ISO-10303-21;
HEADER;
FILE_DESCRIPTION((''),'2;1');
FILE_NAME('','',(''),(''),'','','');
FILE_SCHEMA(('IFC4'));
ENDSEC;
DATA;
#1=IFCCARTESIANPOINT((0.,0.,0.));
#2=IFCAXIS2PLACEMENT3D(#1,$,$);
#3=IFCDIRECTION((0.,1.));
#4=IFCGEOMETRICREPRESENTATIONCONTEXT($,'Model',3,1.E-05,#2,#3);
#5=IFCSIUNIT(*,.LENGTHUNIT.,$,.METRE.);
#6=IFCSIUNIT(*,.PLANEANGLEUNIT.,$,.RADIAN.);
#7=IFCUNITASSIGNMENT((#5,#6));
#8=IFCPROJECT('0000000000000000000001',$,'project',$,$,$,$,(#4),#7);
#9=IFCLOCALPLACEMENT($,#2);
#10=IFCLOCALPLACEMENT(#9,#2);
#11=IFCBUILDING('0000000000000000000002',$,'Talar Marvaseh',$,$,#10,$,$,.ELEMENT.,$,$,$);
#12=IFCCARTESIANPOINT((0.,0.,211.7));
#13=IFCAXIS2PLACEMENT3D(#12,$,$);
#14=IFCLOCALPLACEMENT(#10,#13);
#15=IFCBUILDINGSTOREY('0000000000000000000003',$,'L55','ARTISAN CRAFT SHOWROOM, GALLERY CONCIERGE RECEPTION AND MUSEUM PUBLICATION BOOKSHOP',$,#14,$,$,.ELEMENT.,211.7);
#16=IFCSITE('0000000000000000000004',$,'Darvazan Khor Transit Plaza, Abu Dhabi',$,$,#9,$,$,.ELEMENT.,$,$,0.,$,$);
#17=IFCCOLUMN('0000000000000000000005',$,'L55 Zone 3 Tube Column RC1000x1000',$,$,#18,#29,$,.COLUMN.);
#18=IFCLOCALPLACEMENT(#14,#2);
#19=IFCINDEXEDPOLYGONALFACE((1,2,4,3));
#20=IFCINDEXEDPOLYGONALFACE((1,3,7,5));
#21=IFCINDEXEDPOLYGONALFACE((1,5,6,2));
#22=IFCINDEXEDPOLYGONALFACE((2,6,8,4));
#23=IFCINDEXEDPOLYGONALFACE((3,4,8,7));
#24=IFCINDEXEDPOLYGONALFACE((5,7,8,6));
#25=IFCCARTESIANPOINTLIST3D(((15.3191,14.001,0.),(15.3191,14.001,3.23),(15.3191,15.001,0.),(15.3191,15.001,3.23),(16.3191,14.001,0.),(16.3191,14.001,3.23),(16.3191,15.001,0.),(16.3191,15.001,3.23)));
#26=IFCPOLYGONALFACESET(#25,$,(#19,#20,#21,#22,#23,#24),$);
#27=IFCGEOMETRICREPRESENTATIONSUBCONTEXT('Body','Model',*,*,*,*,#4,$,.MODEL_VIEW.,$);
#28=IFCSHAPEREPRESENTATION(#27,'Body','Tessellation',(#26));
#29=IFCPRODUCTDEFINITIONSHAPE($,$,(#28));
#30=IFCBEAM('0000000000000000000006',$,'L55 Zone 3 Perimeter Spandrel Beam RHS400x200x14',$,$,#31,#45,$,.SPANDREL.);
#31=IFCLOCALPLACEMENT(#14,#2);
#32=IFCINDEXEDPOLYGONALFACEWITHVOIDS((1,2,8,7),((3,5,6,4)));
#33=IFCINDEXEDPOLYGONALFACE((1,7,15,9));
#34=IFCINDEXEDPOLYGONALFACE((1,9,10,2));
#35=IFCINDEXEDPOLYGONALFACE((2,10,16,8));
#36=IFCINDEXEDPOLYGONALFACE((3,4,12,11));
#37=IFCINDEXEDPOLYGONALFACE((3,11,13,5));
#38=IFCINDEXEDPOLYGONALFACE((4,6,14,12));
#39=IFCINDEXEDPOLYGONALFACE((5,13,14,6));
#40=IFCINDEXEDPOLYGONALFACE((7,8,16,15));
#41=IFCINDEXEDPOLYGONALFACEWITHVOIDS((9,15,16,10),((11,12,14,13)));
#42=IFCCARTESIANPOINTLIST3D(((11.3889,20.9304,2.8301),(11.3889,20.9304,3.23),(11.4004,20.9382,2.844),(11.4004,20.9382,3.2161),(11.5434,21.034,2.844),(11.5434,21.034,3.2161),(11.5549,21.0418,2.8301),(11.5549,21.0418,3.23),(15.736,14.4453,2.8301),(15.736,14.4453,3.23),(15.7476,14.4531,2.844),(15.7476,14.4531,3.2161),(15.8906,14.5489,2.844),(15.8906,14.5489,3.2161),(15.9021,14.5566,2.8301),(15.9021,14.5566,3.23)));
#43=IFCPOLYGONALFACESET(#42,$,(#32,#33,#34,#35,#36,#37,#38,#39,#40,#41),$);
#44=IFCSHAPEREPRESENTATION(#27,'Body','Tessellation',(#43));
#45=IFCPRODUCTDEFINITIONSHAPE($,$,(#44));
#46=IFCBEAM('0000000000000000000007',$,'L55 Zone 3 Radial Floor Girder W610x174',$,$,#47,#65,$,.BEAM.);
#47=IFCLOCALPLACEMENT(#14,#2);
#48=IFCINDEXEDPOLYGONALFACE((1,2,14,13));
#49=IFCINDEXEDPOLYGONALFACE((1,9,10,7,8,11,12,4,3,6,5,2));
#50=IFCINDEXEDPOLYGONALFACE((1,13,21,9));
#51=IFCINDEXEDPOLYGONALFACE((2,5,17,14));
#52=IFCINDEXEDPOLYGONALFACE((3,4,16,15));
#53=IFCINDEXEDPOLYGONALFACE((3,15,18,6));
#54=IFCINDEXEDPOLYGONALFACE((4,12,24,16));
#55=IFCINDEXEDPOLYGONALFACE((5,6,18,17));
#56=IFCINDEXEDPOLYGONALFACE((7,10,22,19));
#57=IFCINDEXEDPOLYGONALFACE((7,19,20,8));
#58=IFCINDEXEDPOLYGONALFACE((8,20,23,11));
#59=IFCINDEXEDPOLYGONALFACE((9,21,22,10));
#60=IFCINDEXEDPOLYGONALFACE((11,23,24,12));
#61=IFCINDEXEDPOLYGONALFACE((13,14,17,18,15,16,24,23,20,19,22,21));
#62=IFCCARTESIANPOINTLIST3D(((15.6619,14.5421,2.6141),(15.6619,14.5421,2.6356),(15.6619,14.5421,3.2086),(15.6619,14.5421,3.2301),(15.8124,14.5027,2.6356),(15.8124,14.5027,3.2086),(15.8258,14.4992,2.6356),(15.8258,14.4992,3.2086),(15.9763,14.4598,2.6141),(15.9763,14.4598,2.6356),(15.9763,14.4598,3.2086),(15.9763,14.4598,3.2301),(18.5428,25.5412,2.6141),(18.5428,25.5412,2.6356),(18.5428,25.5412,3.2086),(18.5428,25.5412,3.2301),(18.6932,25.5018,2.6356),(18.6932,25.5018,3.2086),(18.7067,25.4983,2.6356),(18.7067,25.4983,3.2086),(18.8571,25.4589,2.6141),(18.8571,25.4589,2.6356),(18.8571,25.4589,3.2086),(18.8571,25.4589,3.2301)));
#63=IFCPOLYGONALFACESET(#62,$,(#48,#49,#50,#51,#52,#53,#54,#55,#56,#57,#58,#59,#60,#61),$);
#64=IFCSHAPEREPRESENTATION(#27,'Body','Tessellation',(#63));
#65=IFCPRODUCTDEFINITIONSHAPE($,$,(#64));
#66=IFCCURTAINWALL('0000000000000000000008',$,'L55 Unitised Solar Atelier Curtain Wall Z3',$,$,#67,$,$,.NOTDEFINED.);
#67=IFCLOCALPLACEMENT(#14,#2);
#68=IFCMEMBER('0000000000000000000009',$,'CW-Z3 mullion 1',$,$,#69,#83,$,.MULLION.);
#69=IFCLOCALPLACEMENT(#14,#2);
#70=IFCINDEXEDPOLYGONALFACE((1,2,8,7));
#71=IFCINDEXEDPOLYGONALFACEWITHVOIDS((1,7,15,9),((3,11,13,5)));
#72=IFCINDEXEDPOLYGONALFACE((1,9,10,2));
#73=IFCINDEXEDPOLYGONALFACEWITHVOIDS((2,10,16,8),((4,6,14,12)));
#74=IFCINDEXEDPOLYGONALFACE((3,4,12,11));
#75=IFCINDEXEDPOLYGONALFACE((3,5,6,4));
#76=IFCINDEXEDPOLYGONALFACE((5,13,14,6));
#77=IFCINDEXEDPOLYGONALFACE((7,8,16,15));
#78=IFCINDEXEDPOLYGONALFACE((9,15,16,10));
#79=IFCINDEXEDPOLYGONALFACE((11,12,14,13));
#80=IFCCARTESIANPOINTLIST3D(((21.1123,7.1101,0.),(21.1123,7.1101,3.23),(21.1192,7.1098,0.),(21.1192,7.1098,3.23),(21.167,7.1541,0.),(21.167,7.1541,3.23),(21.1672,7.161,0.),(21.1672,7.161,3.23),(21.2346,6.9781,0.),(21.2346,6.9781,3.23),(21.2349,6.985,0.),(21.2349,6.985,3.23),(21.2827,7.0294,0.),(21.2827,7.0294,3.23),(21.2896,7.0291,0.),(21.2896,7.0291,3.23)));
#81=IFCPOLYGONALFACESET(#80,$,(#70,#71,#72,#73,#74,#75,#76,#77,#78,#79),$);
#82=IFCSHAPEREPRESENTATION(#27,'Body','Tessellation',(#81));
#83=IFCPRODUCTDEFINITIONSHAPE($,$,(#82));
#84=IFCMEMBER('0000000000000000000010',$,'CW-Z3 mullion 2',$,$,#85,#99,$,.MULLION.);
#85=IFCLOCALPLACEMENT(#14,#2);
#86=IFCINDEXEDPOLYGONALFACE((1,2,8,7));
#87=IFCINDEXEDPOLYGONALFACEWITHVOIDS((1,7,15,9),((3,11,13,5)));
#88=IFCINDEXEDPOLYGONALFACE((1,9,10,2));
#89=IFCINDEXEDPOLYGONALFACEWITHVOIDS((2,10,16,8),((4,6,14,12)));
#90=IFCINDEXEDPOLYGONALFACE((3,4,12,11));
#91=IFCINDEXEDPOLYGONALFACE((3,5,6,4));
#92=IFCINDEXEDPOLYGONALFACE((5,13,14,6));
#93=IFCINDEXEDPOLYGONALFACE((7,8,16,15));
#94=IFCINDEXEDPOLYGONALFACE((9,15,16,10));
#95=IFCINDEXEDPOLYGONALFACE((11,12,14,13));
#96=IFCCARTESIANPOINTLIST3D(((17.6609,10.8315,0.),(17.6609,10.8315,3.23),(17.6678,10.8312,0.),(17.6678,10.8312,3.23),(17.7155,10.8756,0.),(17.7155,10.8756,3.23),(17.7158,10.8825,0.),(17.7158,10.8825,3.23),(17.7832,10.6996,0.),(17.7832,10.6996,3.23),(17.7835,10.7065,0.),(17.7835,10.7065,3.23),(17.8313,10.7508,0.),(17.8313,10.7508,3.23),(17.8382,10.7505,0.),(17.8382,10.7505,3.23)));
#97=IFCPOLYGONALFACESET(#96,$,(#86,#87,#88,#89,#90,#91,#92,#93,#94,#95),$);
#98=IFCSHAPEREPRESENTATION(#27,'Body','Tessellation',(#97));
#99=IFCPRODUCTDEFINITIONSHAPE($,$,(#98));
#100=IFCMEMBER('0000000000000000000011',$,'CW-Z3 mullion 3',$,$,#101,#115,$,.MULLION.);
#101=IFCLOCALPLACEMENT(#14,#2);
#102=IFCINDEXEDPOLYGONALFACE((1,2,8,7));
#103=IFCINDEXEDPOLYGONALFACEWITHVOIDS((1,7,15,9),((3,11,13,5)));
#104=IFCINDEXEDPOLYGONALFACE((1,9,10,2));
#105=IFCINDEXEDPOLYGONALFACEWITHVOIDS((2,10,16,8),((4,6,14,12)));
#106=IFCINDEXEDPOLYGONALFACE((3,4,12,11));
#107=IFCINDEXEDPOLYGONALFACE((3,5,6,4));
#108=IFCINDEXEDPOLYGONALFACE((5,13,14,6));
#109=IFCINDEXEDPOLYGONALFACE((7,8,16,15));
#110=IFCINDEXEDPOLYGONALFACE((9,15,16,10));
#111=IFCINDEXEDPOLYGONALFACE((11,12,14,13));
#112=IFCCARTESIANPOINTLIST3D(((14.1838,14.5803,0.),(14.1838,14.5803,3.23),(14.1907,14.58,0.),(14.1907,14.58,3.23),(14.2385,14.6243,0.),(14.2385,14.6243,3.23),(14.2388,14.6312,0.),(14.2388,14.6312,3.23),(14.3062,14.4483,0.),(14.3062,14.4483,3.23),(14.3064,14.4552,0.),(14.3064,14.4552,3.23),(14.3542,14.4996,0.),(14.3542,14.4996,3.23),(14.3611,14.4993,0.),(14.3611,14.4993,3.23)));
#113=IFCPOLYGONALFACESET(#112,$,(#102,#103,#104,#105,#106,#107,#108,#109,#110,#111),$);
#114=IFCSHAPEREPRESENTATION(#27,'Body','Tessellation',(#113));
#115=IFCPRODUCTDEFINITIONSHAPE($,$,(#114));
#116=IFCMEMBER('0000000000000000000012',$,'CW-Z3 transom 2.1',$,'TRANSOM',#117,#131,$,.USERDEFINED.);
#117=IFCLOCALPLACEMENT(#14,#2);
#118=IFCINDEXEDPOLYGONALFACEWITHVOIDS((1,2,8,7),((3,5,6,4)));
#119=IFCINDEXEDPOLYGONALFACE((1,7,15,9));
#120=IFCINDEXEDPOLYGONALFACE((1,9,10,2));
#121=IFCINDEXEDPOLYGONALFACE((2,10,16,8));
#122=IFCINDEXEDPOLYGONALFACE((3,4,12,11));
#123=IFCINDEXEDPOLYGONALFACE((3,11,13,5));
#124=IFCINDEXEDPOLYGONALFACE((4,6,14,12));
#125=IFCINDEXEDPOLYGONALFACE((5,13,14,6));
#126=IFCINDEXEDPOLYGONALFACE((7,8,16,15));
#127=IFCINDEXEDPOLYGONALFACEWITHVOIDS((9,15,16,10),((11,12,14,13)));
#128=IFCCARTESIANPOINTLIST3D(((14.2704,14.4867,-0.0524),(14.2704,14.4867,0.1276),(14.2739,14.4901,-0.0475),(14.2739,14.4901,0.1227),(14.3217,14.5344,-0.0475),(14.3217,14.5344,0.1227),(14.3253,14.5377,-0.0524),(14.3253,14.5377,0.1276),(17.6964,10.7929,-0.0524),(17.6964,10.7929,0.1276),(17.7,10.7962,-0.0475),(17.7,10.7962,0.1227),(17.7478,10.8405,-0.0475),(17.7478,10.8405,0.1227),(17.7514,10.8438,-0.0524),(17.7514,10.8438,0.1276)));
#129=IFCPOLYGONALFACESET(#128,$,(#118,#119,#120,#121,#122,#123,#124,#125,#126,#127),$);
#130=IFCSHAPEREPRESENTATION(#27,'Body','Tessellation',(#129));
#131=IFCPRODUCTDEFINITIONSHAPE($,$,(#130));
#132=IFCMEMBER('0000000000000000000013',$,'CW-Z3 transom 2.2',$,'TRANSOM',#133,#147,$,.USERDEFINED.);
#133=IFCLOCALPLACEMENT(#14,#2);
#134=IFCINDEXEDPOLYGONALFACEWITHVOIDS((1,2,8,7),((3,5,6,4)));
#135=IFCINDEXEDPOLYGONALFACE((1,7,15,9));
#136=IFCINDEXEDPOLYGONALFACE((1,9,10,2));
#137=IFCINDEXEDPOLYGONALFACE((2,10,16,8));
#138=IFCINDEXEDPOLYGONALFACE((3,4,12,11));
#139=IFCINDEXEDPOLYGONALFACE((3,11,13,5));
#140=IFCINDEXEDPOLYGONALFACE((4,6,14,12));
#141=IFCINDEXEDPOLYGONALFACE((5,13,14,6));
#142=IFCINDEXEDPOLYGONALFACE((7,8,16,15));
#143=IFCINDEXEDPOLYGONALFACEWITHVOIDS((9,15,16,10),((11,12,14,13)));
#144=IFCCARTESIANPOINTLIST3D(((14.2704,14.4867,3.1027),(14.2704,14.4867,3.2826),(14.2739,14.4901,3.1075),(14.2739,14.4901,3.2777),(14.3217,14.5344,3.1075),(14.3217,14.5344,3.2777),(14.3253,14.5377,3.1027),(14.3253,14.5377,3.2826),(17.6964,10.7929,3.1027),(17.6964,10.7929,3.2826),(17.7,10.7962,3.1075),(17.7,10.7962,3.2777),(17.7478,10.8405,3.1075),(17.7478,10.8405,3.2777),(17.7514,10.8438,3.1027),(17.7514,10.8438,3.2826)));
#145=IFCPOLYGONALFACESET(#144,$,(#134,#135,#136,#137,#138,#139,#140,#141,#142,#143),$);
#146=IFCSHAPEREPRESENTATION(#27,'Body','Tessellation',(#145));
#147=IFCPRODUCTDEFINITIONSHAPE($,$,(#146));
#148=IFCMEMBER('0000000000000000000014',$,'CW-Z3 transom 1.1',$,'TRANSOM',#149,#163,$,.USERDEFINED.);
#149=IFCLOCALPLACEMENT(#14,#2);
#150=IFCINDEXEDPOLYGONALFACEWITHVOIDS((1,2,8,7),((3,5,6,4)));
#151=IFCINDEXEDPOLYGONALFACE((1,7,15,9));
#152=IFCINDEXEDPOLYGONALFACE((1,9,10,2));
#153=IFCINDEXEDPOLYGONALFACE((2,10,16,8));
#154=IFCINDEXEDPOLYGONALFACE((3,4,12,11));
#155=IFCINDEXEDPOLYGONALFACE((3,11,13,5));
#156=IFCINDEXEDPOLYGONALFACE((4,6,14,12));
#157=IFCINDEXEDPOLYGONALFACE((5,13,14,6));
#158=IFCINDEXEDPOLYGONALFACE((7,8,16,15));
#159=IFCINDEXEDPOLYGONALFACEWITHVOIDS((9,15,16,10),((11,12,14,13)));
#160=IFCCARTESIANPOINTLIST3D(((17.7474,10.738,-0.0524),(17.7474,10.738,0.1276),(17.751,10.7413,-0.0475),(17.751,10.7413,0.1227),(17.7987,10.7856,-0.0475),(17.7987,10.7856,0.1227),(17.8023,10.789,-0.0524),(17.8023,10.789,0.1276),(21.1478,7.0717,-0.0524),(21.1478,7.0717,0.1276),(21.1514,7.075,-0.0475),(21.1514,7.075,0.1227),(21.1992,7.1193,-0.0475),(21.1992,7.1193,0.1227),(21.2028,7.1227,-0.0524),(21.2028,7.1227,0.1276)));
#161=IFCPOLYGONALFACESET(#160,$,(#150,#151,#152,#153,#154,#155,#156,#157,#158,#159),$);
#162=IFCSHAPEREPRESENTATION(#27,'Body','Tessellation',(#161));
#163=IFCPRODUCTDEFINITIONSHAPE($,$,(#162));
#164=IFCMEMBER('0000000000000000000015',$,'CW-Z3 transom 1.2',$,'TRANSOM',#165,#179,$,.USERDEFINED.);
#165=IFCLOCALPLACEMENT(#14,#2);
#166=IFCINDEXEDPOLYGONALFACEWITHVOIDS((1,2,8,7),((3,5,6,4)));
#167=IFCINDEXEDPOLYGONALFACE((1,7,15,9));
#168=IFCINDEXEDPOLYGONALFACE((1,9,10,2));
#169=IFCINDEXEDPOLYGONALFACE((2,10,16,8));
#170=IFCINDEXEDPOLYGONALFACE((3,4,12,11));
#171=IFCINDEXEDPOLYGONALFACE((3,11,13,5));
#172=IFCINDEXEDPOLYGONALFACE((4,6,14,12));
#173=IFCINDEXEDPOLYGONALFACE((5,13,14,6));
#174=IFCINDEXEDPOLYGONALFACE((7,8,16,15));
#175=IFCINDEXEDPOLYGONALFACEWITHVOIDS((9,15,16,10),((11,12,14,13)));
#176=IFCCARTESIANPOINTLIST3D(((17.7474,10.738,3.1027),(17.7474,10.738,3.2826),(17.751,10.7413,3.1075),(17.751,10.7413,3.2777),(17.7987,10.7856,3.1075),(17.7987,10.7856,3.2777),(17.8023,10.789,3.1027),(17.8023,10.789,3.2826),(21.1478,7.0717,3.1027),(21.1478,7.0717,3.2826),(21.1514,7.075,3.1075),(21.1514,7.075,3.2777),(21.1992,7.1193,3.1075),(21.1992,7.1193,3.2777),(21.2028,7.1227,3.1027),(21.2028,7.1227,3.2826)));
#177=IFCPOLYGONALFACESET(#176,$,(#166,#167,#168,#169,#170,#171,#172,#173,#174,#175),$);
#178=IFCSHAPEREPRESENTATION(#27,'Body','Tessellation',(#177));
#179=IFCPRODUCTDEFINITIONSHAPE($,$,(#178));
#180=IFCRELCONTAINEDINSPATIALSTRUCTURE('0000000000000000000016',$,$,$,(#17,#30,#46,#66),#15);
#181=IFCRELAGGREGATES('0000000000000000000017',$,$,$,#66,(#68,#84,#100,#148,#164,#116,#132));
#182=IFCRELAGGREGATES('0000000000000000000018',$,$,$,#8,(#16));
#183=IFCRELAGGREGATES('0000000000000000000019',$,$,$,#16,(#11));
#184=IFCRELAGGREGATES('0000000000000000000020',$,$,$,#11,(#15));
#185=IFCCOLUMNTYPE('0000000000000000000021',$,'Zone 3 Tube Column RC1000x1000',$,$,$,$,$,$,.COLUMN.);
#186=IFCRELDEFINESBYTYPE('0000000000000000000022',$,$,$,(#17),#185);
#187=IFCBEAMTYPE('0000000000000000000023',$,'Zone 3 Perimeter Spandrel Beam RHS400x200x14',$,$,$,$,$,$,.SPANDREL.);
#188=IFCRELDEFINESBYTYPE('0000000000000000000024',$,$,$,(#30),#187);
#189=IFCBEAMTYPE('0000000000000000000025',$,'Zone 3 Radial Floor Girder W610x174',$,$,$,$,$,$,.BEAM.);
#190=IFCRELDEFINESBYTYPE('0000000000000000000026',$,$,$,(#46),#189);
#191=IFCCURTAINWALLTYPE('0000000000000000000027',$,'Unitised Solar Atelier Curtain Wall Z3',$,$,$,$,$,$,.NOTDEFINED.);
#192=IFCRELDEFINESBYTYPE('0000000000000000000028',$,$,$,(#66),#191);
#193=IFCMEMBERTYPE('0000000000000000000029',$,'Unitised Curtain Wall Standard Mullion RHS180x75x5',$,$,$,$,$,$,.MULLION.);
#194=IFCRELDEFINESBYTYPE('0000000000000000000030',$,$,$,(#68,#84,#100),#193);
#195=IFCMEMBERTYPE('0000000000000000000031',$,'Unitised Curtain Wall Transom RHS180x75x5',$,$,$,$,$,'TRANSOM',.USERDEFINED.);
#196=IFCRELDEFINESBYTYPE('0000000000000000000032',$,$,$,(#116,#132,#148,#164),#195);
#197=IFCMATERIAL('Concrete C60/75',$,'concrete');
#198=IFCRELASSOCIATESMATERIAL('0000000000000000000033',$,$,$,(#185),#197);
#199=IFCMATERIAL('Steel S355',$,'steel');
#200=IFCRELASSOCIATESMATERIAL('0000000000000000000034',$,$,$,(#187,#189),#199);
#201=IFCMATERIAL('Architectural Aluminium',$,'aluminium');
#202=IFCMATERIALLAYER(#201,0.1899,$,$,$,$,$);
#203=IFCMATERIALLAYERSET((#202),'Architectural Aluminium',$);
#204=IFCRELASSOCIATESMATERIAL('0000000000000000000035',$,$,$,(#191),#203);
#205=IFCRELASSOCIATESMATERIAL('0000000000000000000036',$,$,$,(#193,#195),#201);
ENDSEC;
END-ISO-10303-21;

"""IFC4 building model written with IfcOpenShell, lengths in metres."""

from ifc_helpers import new_model, si_unit, direction, frame, origin, origin_2d, place, context, subcontext, project, spatial, rectangle, hollow_rectangle, i_section, extrude, source, transform, mapped, material, layer, layer_set, material_profile, profile_set, type_object, type_shapes, element, aggregate, save


model = new_model("IFC4")

# Units and contexts
model_context = context("Model", 3, precision=1e-05, world=origin(), true_north=direction((0.0, 1.0)))
body_context = subcontext(model_context, "Body", "Model", "MODEL_VIEW")
ifc_project = project(units=[si_unit("LENGTHUNIT", "METRE"), si_unit("PLANEANGLEUNIT", "RADIAN")], contexts=[model_context])

# Site, building, storey
site_placement = place(None, origin())
site = spatial("IfcSite", under=ifc_project, at=site_placement, Name="Darvazan Khor Transit Plaza, Abu Dhabi", CompositionType="ELEMENT", RefElevation=0.0)
building_placement = place(site_placement, origin())
building = spatial("IfcBuilding", under=site, at=building_placement, Name="Talar Marvaseh", CompositionType="ELEMENT")
storey_placement = place(building_placement, frame((0.0, 0.0, 211.7)))
storey = spatial("IfcBuildingStorey", under=building, at=storey_placement, Name="L55", Description="ARTISAN CRAFT SHOWROOM, GALLERY CONCIERGE RECEPTION AND MUSEUM PUBLICATION BOOKSHOP", CompositionType="ELEMENT", Elevation=211.7)

# Column
ifc_material_1 = material(Name="Concrete C60/75", Category="concrete")
ifc_material_profile_1 = material_profile(ifc_material_1, rectangle(XDim=1.0, YDim=1.0, at=origin_2d()), Name="RC1000x1000")
ifc_profile_set_1 = profile_set([ifc_material_profile_1], Name="Concrete C60/75")
column_type = type_object("IfcColumnType", Name="Zone 3 Tube Column RC1000x1000", PredefinedType="COLUMN", material=ifc_profile_set_1)
column_placement = place(storey_placement, frame((15.8191, 14.501, 0.0), z_axis=(0.0, 0.0, 1.0), x_axis=(1.0, 0.0, 0.0)))
element("IfcColumn", 1, at=column_placement, inside=storey, type_object=column_type, Name="L55 Zone 3 Tube Column RC1000x1000", PredefinedType="COLUMN", context=body_context, shape_type="SweptSolid", body=[
    extrude(rectangle(XDim=1.0, YDim=1.0, at=origin_2d()), origin(), (0.0, 0.0, 1.0), 3.23),
])

# Beams
ifc_material_2 = material(Name="Steel S355", Category="steel")
ifc_material_profile_2 = material_profile(ifc_material_2, hollow_rectangle(XDim=0.2, YDim=0.3999, WallThickness=0.0139, at=origin_2d()), Name="RHS400x200x14")
ifc_profile_set_2 = profile_set([ifc_material_profile_2], Name="Steel S355")
beam_type_1 = type_object("IfcBeamType", Name="Zone 3 Perimeter Spandrel Beam RHS400x200x14", PredefinedType="SPANDREL", material=ifc_profile_set_2)
beam_1_placement = place(storey_placement, frame((15.8191, 14.501, 3.03), z_axis=(-0.556806, 0.830643, 0.0), x_axis=(-0.830643, -0.556806, 0.0)))
element("IfcBeam", 2, at=beam_1_placement, inside=storey, type_object=beam_type_1, Name="L55 Zone 3 Perimeter Spandrel Beam RHS400x200x14", PredefinedType="SPANDREL", context=body_context, shape_type="SweptSolid", body=[
    extrude(hollow_rectangle(XDim=0.2, YDim=0.3999, WallThickness=0.0139, at=origin_2d()), origin(), (0.0, 0.0, 1.0), 7.8074),
])
ifc_material_profile_3 = material_profile(ifc_material_2, i_section(OverallWidth=0.325, OverallDepth=0.616, WebThickness=0.0139, FlangeThickness=0.0215, at=origin_2d()), Name="W610x174")
ifc_profile_set_3 = profile_set([ifc_material_profile_3], Name="Steel S355")
beam_type_2 = type_object("IfcBeamType", Name="Zone 3 Radial Floor Girder W610x174", PredefinedType="BEAM", material=ifc_profile_set_3)
beam_2_placement = place(storey_placement, frame((15.8191, 14.501, 2.9221), z_axis=(0.253373, 0.967369, 0.0), x_axis=(-0.967369, 0.253373, 0.0)))
element("IfcBeam", 3, at=beam_2_placement, inside=storey, type_object=beam_type_2, Name="L55 Zone 3 Radial Floor Girder W610x174", PredefinedType="BEAM", context=body_context, shape_type="SweptSolid", body=[
    extrude(i_section(OverallWidth=0.325, OverallDepth=0.616, WebThickness=0.0139, FlangeThickness=0.0215, at=origin_2d()), origin(), (0.0, 0.0, 1.0), 11.3701),
])

# Curtain wall, members
ifc_material_3 = material(Name="Architectural Aluminium", Category="aluminium")
ifc_layer_1 = layer(ifc_material_3, 0.1899)
ifc_layer_set_1 = layer_set([ifc_layer_1], Name="Architectural Aluminium")
curtain_wall_type = type_object("IfcCurtainWallType", Name="Unitised Solar Atelier Curtain Wall Z3", PredefinedType="NOTDEFINED", material=ifc_layer_set_1)
curtain_wall_placement = place(storey_placement, origin())
curtain_wall = element("IfcCurtainWall", 4, at=curtain_wall_placement, inside=storey, type_object=curtain_wall_type, Name="L55 Unitised Solar Atelier Curtain Wall Z3", PredefinedType="NOTDEFINED")
ifc_material_profile_4 = material_profile(ifc_material_3, hollow_rectangle(XDim=0.075, YDim=0.1799, WallThickness=0.0049, at=origin_2d()), Name="RHS180x75x5")
ifc_profile_set_4 = profile_set([ifc_material_profile_4], Name="Architectural Aluminium")
member_type_1 = type_object("IfcMemberType", Name="Unitised Curtain Wall Standard Mullion RHS180x75x5", PredefinedType="MULLION", material=ifc_profile_set_4)
shared_shape_1 = source(origin(), body_context, "Body", "SweptSolid", [
    extrude(hollow_rectangle(XDim=0.075, YDim=0.1799, WallThickness=0.0049, at=origin_2d()), origin(), (0.0, 0.0, 1.0), 3.23),
])
type_shapes(member_type_1, [shared_shape_1])
member_1_placement = place(storey_placement, frame((21.2009, 7.0696, 0.0), z_axis=(0.0, 0.0, 1.0), x_axis=(-0.733183, -0.680031, 0.0)))
member_1 = element("IfcMember", 5, at=member_1_placement, type_object=member_type_1, Name="CW-Z3 mullion 1", PredefinedType="MULLION", context=body_context, shape_type="MappedRepresentation", body=[
    mapped(shared_shape_1, transform((0.0, 0.0, 0.0), x_axis=(1.0, 0.0, 0.0), y_axis=(0.0, 1.0, 0.0), z_axis=(0.0, 0.0, 1.0), scale=1.0)),
])
member_2_placement = place(storey_placement, frame((17.7495, 10.791, 0.0), z_axis=(0.0, 0.0, 1.0), x_axis=(-0.733183, -0.680031, 0.0)))
member_2 = element("IfcMember", 6, at=member_2_placement, type_object=member_type_1, Name="CW-Z3 mullion 2", PredefinedType="MULLION", context=body_context, shape_type="MappedRepresentation", body=[
    mapped(shared_shape_1, transform((0.0, 0.0, 0.0), x_axis=(1.0, 0.0, 0.0), y_axis=(0.0, 1.0, 0.0), z_axis=(0.0, 0.0, 1.0), scale=1.0)),
])
member_3_placement = place(storey_placement, frame((14.2725, 14.5398, 0.0), z_axis=(0.0, 0.0, 1.0), x_axis=(-0.733183, -0.680031, 0.0)))
member_3 = element("IfcMember", 7, at=member_3_placement, type_object=member_type_1, Name="CW-Z3 mullion 3", PredefinedType="MULLION", context=body_context, shape_type="MappedRepresentation", body=[
    mapped(shared_shape_1, transform((0.0, 0.0, 0.0), x_axis=(1.0, 0.0, 0.0), y_axis=(0.0, 1.0, 0.0), z_axis=(0.0, 0.0, 1.0), scale=1.0)),
])
ifc_material_profile_5 = material_profile(ifc_material_3, hollow_rectangle(XDim=0.075, YDim=0.1799, WallThickness=0.0049, at=origin_2d()), Name="RHS180x75x5")
ifc_profile_set_5 = profile_set([ifc_material_profile_5], Name="Architectural Aluminium")
member_type_2 = type_object("IfcMemberType", Name="Unitised Curtain Wall Transom RHS180x75x5", ElementType="TRANSOM", PredefinedType="USERDEFINED", material=ifc_profile_set_5)
shared_shape_2 = source(origin(), body_context, "Body", "SweptSolid", [
    extrude(hollow_rectangle(XDim=0.075, YDim=0.1799, WallThickness=0.0049, at=origin_2d()), origin(), (0.0, 0.0, 1.0), 5.0381),
])
member_4_placement = place(storey_placement, frame((17.7239, 10.8184, 0.0376), z_axis=(-0.680027, 0.733187, 0.0), x_axis=(-0.733187, -0.680027, 0.0)))
member_4 = element("IfcMember", 8, at=member_4_placement, type_object=member_type_2, Name="CW-Z3 transom 2.1", ObjectType="TRANSOM", PredefinedType="USERDEFINED", context=body_context, shape_type="MappedRepresentation", body=[
    mapped(shared_shape_2, transform((0.0, 0.0, 0.0), x_axis=(1.0, 0.0, 0.0), y_axis=(0.0, 1.0, 0.0), z_axis=(0.0, 0.0, 1.0), scale=1.0)),
])
member_5_placement = place(storey_placement, frame((17.7239, 10.8184, 3.1926), z_axis=(-0.680027, 0.733187, 0.0), x_axis=(-0.733187, -0.680027, 0.0)))
member_5 = element("IfcMember", 9, at=member_5_placement, type_object=member_type_2, Name="CW-Z3 transom 2.2", ObjectType="TRANSOM", PredefinedType="USERDEFINED", context=body_context, shape_type="MappedRepresentation", body=[
    mapped(shared_shape_2, transform((0.0, 0.0, 0.0), x_axis=(1.0, 0.0, 0.0), y_axis=(0.0, 1.0, 0.0), z_axis=(0.0, 0.0, 1.0), scale=1.0)),
])
shared_shape_3 = source(origin(), body_context, "Body", "SweptSolid", [
    extrude(hollow_rectangle(XDim=0.075, YDim=0.1799, WallThickness=0.0049, at=origin_2d()), origin(), (0.0, 0.0, 1.0), 5.0005),
])
type_shapes(member_type_2, [shared_shape_2, shared_shape_3])
member_6_placement = place(storey_placement, frame((21.1753, 7.0972, 0.0376), z_axis=(-0.680022, 0.733192, 0.0), x_axis=(-0.733192, -0.680022, 0.0)))
member_6 = element("IfcMember", 10, at=member_6_placement, type_object=member_type_2, Name="CW-Z3 transom 1.1", ObjectType="TRANSOM", PredefinedType="USERDEFINED", context=body_context, shape_type="MappedRepresentation", body=[
    mapped(shared_shape_3, transform((0.0, 0.0, 0.0), x_axis=(1.0, 0.0, 0.0), y_axis=(0.0, 1.0, 0.0), z_axis=(0.0, 0.0, 1.0), scale=1.0)),
])
member_7_placement = place(storey_placement, frame((21.1753, 7.0972, 3.1926), z_axis=(-0.680022, 0.733192, 0.0), x_axis=(-0.733192, -0.680022, 0.0)))
member_7 = element("IfcMember", 11, at=member_7_placement, type_object=member_type_2, Name="CW-Z3 transom 1.2", ObjectType="TRANSOM", PredefinedType="USERDEFINED", context=body_context, shape_type="MappedRepresentation", body=[
    mapped(shared_shape_3, transform((0.0, 0.0, 0.0), x_axis=(1.0, 0.0, 0.0), y_axis=(0.0, 1.0, 0.0), z_axis=(0.0, 0.0, 1.0), scale=1.0)),
])

aggregate(curtain_wall, [member_1, member_2, member_3, member_6, member_7, member_4, member_5])

save(model, "model.ifc")
